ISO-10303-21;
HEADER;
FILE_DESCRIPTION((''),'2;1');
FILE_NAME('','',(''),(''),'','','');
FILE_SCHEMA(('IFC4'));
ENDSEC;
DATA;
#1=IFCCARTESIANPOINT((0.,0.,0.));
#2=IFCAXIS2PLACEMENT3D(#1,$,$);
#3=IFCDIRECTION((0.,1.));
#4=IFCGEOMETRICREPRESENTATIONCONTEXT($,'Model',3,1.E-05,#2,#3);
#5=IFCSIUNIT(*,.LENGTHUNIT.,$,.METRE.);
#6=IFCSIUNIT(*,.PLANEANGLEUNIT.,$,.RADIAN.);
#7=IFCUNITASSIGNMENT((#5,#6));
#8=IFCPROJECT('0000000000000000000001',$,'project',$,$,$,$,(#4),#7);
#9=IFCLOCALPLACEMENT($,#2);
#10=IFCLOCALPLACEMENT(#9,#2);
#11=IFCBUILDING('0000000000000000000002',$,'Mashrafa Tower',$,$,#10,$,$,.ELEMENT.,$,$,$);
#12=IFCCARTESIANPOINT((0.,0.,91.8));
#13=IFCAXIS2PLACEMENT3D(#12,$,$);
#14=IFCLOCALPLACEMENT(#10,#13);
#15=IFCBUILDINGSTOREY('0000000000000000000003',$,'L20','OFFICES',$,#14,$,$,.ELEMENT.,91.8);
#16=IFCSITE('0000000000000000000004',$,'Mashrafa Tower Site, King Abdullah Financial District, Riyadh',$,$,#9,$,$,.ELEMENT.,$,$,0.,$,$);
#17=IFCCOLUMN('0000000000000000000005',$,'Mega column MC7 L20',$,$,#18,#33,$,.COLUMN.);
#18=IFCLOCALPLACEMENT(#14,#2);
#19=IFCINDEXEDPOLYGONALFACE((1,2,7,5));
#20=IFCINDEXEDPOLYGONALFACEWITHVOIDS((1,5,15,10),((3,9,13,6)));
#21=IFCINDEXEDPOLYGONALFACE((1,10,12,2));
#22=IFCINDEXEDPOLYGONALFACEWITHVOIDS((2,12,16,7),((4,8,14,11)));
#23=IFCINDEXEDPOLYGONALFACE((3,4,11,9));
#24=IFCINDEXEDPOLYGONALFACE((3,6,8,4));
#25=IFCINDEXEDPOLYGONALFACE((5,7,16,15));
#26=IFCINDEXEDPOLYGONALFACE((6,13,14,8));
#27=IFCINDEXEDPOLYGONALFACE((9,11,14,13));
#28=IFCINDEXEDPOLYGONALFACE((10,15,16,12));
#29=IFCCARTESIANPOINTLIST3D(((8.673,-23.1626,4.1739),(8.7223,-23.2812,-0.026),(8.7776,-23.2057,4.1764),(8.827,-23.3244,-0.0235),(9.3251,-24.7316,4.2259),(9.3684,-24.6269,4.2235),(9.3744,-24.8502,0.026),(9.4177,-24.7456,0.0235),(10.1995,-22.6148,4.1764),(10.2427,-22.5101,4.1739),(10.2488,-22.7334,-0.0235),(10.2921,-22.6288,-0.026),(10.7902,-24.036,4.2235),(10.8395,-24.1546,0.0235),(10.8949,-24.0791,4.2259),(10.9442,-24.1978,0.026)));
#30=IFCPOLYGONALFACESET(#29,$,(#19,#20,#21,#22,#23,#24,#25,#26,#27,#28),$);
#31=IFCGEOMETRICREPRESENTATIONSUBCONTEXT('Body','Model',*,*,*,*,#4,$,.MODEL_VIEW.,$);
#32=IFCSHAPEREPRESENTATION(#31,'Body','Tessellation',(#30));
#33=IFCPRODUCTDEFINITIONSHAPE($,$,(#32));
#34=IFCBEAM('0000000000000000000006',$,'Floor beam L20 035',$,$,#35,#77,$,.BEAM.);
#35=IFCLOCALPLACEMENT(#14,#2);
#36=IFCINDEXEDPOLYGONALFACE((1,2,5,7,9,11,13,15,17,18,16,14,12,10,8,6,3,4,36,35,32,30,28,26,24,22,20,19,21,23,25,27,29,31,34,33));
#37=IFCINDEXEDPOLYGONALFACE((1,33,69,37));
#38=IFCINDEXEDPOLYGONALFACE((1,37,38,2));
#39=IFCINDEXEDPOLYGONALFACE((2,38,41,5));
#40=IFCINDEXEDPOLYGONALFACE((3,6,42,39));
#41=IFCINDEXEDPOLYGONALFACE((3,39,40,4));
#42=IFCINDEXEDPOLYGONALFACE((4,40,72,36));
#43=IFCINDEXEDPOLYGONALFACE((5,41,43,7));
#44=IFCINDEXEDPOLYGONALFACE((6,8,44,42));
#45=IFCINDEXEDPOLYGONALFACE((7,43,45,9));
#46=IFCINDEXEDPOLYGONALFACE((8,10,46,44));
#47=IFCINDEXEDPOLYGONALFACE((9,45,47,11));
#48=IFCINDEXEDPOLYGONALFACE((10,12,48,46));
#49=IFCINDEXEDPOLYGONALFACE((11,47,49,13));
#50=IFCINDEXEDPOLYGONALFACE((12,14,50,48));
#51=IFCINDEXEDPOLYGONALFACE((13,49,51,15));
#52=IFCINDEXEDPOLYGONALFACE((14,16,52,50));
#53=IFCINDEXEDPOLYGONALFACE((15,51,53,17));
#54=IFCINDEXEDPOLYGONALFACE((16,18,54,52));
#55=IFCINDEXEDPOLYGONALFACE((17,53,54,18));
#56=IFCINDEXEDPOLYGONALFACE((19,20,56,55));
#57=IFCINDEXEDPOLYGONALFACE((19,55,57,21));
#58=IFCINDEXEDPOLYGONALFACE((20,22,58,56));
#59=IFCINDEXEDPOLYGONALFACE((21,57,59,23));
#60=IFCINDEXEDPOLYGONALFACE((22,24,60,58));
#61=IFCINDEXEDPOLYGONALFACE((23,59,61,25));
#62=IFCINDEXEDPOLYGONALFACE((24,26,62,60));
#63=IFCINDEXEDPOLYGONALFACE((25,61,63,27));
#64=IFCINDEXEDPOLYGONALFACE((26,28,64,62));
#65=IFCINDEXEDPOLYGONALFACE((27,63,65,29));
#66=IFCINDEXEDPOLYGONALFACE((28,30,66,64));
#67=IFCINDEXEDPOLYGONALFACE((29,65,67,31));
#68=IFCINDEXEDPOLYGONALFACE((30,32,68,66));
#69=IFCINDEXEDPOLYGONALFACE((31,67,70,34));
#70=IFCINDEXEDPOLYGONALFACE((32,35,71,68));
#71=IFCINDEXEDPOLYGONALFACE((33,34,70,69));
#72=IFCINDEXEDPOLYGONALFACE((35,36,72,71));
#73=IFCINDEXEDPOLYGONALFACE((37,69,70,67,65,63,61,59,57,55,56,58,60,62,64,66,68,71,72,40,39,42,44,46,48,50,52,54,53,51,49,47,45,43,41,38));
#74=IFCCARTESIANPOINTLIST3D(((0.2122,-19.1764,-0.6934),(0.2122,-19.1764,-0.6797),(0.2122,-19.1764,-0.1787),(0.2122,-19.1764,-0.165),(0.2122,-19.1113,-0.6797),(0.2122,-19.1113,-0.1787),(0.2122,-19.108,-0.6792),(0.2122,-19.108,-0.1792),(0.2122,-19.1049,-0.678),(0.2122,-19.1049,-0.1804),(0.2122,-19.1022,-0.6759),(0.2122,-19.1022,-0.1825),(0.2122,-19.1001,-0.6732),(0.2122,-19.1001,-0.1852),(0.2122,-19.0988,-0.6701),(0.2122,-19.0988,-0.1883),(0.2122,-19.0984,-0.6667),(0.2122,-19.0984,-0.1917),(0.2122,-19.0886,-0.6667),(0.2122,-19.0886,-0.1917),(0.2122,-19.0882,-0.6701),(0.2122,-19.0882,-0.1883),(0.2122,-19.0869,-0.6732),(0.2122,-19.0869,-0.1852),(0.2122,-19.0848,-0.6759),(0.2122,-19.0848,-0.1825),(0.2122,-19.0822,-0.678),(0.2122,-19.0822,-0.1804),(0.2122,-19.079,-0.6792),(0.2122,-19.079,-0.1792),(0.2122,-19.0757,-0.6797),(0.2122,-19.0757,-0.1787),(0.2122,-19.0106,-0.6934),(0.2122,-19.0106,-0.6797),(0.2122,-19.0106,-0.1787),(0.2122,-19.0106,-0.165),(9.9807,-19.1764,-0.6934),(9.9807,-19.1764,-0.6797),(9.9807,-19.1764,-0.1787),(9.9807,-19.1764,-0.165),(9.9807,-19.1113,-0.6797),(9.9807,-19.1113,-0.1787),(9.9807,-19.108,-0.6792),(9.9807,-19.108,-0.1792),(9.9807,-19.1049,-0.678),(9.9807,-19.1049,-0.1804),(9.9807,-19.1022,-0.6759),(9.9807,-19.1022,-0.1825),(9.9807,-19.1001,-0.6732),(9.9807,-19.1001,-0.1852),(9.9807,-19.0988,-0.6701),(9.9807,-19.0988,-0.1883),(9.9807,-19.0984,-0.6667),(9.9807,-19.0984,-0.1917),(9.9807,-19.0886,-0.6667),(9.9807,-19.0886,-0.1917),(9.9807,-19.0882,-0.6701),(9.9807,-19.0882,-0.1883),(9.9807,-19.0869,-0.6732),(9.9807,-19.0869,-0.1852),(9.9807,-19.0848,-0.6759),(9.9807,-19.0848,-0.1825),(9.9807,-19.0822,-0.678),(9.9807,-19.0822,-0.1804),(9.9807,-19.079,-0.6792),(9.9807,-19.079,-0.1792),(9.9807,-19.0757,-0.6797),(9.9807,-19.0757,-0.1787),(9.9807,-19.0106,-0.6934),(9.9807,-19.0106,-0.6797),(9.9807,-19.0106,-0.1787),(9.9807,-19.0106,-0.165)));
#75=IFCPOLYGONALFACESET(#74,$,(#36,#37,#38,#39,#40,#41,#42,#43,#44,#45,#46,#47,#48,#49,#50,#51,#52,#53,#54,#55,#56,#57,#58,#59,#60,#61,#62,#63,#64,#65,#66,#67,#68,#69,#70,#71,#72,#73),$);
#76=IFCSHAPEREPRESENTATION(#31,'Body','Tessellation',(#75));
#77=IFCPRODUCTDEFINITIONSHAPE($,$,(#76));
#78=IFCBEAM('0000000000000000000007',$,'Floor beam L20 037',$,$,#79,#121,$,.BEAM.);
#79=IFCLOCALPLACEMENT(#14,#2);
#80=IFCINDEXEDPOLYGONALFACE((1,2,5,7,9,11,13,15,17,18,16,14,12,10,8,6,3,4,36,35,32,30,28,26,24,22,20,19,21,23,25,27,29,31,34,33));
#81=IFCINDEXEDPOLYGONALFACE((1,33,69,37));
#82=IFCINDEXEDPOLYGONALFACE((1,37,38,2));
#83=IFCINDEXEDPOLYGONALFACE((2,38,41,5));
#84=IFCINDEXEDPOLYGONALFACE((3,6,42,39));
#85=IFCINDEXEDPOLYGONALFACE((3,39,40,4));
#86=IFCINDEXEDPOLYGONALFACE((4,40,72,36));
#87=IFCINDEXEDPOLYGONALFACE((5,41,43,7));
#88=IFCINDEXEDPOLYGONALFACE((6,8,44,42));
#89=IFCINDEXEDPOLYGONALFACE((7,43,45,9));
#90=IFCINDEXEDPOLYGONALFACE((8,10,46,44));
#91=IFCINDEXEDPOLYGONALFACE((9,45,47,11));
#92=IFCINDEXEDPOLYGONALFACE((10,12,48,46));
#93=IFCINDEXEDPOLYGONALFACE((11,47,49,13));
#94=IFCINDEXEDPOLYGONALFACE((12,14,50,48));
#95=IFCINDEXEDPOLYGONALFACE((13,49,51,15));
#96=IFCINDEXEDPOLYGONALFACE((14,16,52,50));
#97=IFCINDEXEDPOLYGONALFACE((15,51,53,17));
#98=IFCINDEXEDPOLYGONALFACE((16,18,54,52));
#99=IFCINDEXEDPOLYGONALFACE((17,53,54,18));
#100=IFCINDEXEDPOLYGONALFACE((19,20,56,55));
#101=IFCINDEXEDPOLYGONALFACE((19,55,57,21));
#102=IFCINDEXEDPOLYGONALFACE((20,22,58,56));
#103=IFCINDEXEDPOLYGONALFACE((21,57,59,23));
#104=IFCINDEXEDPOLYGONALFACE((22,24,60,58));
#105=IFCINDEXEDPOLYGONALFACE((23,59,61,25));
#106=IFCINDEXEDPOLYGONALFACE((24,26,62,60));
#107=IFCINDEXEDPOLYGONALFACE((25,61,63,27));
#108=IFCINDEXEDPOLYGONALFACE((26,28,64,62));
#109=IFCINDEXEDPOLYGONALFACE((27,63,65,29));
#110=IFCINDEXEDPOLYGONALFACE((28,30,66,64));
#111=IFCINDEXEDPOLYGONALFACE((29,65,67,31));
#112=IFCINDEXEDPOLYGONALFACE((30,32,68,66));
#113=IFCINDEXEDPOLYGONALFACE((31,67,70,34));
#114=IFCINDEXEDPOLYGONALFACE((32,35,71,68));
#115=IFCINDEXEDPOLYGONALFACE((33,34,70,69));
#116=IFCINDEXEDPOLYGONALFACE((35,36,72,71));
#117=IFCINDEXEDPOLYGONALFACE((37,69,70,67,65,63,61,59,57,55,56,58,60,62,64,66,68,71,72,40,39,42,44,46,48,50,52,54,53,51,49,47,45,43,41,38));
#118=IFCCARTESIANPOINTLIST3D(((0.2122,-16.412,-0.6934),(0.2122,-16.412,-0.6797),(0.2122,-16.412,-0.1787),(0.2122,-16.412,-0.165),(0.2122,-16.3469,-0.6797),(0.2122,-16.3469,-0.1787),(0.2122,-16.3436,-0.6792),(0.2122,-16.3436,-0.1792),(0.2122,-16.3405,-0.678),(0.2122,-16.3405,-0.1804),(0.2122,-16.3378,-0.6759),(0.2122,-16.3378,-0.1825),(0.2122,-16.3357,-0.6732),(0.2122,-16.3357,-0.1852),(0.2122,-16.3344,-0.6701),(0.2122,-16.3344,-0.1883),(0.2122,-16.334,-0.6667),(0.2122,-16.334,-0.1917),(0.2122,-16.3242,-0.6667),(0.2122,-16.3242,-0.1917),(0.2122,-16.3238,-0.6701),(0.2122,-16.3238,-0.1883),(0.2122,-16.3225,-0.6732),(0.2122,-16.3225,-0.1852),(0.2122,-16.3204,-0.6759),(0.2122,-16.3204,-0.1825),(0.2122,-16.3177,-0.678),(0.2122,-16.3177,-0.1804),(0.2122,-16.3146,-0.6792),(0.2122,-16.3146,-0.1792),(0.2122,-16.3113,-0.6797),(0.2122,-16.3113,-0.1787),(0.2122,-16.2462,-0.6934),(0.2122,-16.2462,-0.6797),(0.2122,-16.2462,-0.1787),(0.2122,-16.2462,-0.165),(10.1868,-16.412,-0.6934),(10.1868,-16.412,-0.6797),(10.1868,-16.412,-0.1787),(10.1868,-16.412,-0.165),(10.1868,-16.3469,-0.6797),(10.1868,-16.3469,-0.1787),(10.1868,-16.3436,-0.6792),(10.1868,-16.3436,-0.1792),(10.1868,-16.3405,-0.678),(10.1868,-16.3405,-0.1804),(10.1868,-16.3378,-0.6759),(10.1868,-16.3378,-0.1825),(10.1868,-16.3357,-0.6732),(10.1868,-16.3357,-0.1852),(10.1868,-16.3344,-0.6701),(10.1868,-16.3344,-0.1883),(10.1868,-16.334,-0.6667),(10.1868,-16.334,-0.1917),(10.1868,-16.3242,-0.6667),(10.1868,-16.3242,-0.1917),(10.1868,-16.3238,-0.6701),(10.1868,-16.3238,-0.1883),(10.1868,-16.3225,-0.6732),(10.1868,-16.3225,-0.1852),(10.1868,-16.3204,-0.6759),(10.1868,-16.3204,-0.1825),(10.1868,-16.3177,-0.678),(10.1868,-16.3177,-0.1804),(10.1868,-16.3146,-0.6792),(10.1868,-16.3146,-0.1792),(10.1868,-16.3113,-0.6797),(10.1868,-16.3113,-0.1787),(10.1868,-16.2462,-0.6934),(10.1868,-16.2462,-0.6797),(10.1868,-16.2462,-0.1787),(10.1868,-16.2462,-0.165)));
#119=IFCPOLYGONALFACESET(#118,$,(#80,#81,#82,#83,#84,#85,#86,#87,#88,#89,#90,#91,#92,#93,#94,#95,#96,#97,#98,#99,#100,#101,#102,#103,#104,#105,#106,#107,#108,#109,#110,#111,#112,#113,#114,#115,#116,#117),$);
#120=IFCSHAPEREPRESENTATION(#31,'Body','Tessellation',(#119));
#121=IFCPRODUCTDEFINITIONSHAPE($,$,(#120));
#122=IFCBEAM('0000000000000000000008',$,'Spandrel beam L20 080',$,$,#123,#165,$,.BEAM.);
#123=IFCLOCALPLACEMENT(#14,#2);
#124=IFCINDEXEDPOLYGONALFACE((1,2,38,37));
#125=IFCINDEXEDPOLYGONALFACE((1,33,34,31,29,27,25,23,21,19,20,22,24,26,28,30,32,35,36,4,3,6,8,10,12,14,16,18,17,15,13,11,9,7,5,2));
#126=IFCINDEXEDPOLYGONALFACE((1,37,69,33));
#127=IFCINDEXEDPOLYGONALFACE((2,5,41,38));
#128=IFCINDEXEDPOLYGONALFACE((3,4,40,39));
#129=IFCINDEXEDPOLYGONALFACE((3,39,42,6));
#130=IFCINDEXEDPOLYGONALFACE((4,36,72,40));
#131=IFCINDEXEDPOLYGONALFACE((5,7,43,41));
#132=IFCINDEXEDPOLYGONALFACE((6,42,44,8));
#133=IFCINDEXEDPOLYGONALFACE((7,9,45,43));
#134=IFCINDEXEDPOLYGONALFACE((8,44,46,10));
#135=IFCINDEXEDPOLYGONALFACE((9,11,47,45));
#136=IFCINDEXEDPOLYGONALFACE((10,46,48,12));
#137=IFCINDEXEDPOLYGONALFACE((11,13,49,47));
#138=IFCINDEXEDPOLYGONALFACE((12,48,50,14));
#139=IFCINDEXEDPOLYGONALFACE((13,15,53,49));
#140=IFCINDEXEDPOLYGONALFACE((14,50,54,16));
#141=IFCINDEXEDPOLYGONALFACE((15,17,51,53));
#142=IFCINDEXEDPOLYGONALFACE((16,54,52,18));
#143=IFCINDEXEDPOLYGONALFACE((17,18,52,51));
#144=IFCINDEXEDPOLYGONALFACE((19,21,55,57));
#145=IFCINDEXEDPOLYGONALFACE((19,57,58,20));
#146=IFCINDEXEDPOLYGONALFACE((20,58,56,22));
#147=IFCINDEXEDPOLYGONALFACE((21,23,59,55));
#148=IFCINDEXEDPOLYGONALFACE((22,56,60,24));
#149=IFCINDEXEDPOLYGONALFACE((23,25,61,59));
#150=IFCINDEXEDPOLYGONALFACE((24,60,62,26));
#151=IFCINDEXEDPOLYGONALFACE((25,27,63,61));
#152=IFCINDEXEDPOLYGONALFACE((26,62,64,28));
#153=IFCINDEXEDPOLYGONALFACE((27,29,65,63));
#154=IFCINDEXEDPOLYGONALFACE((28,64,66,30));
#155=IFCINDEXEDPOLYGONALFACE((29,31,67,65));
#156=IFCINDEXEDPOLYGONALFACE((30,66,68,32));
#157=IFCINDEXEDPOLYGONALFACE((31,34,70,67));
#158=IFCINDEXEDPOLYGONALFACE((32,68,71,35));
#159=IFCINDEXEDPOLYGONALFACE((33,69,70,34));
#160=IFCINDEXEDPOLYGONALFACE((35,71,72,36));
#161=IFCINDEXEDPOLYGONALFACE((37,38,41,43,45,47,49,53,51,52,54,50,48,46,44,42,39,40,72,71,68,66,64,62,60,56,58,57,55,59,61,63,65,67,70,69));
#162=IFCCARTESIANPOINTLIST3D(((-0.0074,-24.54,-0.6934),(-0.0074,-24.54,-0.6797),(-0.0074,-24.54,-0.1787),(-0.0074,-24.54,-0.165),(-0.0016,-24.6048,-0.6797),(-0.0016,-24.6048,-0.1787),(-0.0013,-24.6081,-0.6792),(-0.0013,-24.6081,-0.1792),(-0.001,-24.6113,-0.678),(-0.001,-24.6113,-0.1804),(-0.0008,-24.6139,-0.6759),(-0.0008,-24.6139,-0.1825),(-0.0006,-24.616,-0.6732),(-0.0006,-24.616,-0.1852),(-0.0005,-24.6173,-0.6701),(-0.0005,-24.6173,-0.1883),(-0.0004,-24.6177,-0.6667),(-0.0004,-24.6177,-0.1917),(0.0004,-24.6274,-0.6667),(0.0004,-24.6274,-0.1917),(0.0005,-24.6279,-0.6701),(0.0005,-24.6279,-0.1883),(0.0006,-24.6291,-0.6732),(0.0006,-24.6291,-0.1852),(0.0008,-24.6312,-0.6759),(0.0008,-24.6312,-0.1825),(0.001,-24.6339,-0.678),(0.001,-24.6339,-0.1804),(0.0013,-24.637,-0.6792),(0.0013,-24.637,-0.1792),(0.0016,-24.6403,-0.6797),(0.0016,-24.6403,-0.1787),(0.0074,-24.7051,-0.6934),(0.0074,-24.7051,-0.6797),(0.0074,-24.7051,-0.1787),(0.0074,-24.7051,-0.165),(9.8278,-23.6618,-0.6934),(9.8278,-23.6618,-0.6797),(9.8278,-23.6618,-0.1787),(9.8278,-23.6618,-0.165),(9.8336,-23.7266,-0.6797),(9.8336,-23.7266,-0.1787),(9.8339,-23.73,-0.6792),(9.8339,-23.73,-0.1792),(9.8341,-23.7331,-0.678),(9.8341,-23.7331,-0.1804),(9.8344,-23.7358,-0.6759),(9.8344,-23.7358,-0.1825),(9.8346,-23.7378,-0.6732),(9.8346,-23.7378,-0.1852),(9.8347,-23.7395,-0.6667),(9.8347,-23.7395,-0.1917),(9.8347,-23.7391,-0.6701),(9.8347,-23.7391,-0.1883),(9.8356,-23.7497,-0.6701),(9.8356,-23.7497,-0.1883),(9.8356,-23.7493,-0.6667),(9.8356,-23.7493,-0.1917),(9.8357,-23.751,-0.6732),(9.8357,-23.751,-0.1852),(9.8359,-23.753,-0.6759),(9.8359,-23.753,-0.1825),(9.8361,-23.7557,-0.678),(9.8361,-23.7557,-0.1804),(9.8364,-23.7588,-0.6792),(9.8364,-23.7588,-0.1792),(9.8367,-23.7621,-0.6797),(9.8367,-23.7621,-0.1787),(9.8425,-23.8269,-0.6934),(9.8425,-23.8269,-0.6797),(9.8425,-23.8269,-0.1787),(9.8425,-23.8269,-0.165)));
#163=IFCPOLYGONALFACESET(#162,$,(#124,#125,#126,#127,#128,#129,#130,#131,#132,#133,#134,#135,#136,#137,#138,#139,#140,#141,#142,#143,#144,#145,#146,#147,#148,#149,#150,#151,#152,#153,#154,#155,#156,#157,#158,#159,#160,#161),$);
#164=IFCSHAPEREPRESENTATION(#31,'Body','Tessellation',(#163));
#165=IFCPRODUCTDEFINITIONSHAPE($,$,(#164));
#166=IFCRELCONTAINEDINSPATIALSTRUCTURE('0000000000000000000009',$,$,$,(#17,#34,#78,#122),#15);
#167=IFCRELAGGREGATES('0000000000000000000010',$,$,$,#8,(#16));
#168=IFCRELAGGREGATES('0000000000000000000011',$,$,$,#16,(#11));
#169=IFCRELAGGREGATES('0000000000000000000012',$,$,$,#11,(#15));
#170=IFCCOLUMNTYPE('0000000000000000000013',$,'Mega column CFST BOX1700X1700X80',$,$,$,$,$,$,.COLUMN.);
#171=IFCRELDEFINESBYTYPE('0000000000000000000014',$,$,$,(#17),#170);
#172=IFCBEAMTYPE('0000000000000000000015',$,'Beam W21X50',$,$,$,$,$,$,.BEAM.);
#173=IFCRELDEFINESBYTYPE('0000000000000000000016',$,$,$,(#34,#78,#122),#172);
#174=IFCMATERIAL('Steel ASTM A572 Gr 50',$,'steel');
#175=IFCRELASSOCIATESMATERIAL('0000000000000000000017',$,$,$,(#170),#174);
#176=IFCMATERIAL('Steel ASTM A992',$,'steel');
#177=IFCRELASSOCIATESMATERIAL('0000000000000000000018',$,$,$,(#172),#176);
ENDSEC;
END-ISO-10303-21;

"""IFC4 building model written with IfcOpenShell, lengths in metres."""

from ifc_helpers import new_model, si_unit, direction, frame, origin, origin_2d, place, context, subcontext, project, spatial, hollow_rectangle, i_section, extrude, material, material_profile, profile_set, type_object, element, save


model = new_model("IFC4")

# Units and contexts
model_context = context("Model", 3, precision=1e-05, world=origin(), true_north=direction((0.0, 1.0)))
body_context = subcontext(model_context, "Body", "Model", "MODEL_VIEW")
ifc_project = project(units=[si_unit("LENGTHUNIT", "METRE"), si_unit("PLANEANGLEUNIT", "RADIAN")], contexts=[model_context])

# Site, building, storey
site_placement = place(None, origin())
site = spatial("IfcSite", under=ifc_project, at=site_placement, Name="Mashrafa Tower Site, King Abdullah Financial District, Riyadh", CompositionType="ELEMENT", RefElevation=0.0)
building_placement = place(site_placement, origin())
building = spatial("IfcBuilding", under=site, at=building_placement, Name="Mashrafa Tower", CompositionType="ELEMENT")
storey_placement = place(building_placement, frame((0.0, 0.0, 91.8)))
storey = spatial("IfcBuildingStorey", under=building, at=storey_placement, Name="L20", Description="OFFICES", CompositionType="ELEMENT", Elevation=91.8)

# Column
ifc_material_1 = material(Name="Steel ASTM A572 Gr 50", Category="steel")
ifc_material_profile_1 = material_profile(ifc_material_1, hollow_rectangle(XDim=1.7, YDim=1.7, WallThickness=0.0801, at=origin_2d()), Name="BOX1700X1700X80")
ifc_profile_set_1 = profile_set([ifc_material_profile_1], Name="Steel ASTM A572 Gr 50")
column_type = type_object("IfcColumnType", Name="Mega column CFST BOX1700X1700X80", PredefinedType="COLUMN", material=ifc_profile_set_1)
column_placement = place(storey_placement, frame((9.8333, -23.7395, 0.0), z_axis=(-0.011737, 0.028238, 0.999532), x_axis=(-0.923414, -0.383806, 0.0)))
element("IfcColumn", 1, at=column_placement, inside=storey, type_object=column_type, Name="Mega column MC7 L20", PredefinedType="COLUMN", context=body_context, shape_type="SweptSolid", body=[
    extrude(hollow_rectangle(XDim=1.7, YDim=1.7, WallThickness=0.0801, at=origin_2d()), origin(), (0.0, 0.0, 1.0), 4.2019),
])

# Beams
ifc_material_2 = material(Name="Steel ASTM A992", Category="steel")
ifc_material_profile_2 = material_profile(ifc_material_2, i_section(OverallWidth=0.1658, OverallDepth=0.5283, WebThickness=0.0098, FlangeThickness=0.0137, FilletRadius=0.0129, at=origin_2d()), Name="W21X50")
ifc_profile_set_2 = profile_set([ifc_material_profile_2], Name="Steel ASTM A992")
beam_type_1 = type_object("IfcBeamType", Name="Beam W21X50", PredefinedType="BEAM", material=ifc_profile_set_2)
beam_1_placement = place(storey_placement, frame((9.9807, -19.0935, -0.4292), z_axis=(-1.0, 0.0, 0.0), x_axis=(0.0, -1.0, 0.0)))
element("IfcBeam", 2, at=beam_1_placement, inside=storey, type_object=beam_type_1, Name="Floor beam L20 035", PredefinedType="BEAM", context=body_context, shape_type="SweptSolid", body=[
    extrude(i_section(OverallWidth=0.1658, OverallDepth=0.5283, WebThickness=0.0098, FlangeThickness=0.0137, FilletRadius=0.0129, at=origin_2d()), origin(), (0.0, 0.0, 1.0), 9.7686),
])
beam_2_placement = place(storey_placement, frame((10.1868, -16.3291, -0.4292), z_axis=(-1.0, 0.0, 0.0), x_axis=(0.0, -1.0, 0.0)))
element("IfcBeam", 3, at=beam_2_placement, inside=storey, type_object=beam_type_1, Name="Floor beam L20 037", PredefinedType="BEAM", context=body_context, shape_type="SweptSolid", body=[
    extrude(i_section(OverallWidth=0.1658, OverallDepth=0.5283, WebThickness=0.0098, FlangeThickness=0.0137, FilletRadius=0.0129, at=origin_2d()), origin(), (0.0, 0.0, 1.0), 9.9746),
])
for number, where, z_axis, x_axis, name in (
    (4, (0.0, -24.6226, -0.4292), (0.996037, 0.088935, 0.0), (-0.088935, 0.996037, 0.0), "Spandrel beam L20 080"),
):
    element("IfcBeam", number, at=place(storey_placement, frame(where, z_axis=z_axis, x_axis=x_axis)), inside=storey, type_object=beam_type_1, Name=name, PredefinedType="BEAM", context=body_context, shape_type="SweptSolid", body=[
        extrude(i_section(OverallWidth=0.1658, OverallDepth=0.5283, WebThickness=0.0098, FlangeThickness=0.0137, FilletRadius=0.0129, at=origin_2d()), origin(), (0.0, 0.0, 1.0), 9.8743),
    ])

save(model, "model.ifc")
